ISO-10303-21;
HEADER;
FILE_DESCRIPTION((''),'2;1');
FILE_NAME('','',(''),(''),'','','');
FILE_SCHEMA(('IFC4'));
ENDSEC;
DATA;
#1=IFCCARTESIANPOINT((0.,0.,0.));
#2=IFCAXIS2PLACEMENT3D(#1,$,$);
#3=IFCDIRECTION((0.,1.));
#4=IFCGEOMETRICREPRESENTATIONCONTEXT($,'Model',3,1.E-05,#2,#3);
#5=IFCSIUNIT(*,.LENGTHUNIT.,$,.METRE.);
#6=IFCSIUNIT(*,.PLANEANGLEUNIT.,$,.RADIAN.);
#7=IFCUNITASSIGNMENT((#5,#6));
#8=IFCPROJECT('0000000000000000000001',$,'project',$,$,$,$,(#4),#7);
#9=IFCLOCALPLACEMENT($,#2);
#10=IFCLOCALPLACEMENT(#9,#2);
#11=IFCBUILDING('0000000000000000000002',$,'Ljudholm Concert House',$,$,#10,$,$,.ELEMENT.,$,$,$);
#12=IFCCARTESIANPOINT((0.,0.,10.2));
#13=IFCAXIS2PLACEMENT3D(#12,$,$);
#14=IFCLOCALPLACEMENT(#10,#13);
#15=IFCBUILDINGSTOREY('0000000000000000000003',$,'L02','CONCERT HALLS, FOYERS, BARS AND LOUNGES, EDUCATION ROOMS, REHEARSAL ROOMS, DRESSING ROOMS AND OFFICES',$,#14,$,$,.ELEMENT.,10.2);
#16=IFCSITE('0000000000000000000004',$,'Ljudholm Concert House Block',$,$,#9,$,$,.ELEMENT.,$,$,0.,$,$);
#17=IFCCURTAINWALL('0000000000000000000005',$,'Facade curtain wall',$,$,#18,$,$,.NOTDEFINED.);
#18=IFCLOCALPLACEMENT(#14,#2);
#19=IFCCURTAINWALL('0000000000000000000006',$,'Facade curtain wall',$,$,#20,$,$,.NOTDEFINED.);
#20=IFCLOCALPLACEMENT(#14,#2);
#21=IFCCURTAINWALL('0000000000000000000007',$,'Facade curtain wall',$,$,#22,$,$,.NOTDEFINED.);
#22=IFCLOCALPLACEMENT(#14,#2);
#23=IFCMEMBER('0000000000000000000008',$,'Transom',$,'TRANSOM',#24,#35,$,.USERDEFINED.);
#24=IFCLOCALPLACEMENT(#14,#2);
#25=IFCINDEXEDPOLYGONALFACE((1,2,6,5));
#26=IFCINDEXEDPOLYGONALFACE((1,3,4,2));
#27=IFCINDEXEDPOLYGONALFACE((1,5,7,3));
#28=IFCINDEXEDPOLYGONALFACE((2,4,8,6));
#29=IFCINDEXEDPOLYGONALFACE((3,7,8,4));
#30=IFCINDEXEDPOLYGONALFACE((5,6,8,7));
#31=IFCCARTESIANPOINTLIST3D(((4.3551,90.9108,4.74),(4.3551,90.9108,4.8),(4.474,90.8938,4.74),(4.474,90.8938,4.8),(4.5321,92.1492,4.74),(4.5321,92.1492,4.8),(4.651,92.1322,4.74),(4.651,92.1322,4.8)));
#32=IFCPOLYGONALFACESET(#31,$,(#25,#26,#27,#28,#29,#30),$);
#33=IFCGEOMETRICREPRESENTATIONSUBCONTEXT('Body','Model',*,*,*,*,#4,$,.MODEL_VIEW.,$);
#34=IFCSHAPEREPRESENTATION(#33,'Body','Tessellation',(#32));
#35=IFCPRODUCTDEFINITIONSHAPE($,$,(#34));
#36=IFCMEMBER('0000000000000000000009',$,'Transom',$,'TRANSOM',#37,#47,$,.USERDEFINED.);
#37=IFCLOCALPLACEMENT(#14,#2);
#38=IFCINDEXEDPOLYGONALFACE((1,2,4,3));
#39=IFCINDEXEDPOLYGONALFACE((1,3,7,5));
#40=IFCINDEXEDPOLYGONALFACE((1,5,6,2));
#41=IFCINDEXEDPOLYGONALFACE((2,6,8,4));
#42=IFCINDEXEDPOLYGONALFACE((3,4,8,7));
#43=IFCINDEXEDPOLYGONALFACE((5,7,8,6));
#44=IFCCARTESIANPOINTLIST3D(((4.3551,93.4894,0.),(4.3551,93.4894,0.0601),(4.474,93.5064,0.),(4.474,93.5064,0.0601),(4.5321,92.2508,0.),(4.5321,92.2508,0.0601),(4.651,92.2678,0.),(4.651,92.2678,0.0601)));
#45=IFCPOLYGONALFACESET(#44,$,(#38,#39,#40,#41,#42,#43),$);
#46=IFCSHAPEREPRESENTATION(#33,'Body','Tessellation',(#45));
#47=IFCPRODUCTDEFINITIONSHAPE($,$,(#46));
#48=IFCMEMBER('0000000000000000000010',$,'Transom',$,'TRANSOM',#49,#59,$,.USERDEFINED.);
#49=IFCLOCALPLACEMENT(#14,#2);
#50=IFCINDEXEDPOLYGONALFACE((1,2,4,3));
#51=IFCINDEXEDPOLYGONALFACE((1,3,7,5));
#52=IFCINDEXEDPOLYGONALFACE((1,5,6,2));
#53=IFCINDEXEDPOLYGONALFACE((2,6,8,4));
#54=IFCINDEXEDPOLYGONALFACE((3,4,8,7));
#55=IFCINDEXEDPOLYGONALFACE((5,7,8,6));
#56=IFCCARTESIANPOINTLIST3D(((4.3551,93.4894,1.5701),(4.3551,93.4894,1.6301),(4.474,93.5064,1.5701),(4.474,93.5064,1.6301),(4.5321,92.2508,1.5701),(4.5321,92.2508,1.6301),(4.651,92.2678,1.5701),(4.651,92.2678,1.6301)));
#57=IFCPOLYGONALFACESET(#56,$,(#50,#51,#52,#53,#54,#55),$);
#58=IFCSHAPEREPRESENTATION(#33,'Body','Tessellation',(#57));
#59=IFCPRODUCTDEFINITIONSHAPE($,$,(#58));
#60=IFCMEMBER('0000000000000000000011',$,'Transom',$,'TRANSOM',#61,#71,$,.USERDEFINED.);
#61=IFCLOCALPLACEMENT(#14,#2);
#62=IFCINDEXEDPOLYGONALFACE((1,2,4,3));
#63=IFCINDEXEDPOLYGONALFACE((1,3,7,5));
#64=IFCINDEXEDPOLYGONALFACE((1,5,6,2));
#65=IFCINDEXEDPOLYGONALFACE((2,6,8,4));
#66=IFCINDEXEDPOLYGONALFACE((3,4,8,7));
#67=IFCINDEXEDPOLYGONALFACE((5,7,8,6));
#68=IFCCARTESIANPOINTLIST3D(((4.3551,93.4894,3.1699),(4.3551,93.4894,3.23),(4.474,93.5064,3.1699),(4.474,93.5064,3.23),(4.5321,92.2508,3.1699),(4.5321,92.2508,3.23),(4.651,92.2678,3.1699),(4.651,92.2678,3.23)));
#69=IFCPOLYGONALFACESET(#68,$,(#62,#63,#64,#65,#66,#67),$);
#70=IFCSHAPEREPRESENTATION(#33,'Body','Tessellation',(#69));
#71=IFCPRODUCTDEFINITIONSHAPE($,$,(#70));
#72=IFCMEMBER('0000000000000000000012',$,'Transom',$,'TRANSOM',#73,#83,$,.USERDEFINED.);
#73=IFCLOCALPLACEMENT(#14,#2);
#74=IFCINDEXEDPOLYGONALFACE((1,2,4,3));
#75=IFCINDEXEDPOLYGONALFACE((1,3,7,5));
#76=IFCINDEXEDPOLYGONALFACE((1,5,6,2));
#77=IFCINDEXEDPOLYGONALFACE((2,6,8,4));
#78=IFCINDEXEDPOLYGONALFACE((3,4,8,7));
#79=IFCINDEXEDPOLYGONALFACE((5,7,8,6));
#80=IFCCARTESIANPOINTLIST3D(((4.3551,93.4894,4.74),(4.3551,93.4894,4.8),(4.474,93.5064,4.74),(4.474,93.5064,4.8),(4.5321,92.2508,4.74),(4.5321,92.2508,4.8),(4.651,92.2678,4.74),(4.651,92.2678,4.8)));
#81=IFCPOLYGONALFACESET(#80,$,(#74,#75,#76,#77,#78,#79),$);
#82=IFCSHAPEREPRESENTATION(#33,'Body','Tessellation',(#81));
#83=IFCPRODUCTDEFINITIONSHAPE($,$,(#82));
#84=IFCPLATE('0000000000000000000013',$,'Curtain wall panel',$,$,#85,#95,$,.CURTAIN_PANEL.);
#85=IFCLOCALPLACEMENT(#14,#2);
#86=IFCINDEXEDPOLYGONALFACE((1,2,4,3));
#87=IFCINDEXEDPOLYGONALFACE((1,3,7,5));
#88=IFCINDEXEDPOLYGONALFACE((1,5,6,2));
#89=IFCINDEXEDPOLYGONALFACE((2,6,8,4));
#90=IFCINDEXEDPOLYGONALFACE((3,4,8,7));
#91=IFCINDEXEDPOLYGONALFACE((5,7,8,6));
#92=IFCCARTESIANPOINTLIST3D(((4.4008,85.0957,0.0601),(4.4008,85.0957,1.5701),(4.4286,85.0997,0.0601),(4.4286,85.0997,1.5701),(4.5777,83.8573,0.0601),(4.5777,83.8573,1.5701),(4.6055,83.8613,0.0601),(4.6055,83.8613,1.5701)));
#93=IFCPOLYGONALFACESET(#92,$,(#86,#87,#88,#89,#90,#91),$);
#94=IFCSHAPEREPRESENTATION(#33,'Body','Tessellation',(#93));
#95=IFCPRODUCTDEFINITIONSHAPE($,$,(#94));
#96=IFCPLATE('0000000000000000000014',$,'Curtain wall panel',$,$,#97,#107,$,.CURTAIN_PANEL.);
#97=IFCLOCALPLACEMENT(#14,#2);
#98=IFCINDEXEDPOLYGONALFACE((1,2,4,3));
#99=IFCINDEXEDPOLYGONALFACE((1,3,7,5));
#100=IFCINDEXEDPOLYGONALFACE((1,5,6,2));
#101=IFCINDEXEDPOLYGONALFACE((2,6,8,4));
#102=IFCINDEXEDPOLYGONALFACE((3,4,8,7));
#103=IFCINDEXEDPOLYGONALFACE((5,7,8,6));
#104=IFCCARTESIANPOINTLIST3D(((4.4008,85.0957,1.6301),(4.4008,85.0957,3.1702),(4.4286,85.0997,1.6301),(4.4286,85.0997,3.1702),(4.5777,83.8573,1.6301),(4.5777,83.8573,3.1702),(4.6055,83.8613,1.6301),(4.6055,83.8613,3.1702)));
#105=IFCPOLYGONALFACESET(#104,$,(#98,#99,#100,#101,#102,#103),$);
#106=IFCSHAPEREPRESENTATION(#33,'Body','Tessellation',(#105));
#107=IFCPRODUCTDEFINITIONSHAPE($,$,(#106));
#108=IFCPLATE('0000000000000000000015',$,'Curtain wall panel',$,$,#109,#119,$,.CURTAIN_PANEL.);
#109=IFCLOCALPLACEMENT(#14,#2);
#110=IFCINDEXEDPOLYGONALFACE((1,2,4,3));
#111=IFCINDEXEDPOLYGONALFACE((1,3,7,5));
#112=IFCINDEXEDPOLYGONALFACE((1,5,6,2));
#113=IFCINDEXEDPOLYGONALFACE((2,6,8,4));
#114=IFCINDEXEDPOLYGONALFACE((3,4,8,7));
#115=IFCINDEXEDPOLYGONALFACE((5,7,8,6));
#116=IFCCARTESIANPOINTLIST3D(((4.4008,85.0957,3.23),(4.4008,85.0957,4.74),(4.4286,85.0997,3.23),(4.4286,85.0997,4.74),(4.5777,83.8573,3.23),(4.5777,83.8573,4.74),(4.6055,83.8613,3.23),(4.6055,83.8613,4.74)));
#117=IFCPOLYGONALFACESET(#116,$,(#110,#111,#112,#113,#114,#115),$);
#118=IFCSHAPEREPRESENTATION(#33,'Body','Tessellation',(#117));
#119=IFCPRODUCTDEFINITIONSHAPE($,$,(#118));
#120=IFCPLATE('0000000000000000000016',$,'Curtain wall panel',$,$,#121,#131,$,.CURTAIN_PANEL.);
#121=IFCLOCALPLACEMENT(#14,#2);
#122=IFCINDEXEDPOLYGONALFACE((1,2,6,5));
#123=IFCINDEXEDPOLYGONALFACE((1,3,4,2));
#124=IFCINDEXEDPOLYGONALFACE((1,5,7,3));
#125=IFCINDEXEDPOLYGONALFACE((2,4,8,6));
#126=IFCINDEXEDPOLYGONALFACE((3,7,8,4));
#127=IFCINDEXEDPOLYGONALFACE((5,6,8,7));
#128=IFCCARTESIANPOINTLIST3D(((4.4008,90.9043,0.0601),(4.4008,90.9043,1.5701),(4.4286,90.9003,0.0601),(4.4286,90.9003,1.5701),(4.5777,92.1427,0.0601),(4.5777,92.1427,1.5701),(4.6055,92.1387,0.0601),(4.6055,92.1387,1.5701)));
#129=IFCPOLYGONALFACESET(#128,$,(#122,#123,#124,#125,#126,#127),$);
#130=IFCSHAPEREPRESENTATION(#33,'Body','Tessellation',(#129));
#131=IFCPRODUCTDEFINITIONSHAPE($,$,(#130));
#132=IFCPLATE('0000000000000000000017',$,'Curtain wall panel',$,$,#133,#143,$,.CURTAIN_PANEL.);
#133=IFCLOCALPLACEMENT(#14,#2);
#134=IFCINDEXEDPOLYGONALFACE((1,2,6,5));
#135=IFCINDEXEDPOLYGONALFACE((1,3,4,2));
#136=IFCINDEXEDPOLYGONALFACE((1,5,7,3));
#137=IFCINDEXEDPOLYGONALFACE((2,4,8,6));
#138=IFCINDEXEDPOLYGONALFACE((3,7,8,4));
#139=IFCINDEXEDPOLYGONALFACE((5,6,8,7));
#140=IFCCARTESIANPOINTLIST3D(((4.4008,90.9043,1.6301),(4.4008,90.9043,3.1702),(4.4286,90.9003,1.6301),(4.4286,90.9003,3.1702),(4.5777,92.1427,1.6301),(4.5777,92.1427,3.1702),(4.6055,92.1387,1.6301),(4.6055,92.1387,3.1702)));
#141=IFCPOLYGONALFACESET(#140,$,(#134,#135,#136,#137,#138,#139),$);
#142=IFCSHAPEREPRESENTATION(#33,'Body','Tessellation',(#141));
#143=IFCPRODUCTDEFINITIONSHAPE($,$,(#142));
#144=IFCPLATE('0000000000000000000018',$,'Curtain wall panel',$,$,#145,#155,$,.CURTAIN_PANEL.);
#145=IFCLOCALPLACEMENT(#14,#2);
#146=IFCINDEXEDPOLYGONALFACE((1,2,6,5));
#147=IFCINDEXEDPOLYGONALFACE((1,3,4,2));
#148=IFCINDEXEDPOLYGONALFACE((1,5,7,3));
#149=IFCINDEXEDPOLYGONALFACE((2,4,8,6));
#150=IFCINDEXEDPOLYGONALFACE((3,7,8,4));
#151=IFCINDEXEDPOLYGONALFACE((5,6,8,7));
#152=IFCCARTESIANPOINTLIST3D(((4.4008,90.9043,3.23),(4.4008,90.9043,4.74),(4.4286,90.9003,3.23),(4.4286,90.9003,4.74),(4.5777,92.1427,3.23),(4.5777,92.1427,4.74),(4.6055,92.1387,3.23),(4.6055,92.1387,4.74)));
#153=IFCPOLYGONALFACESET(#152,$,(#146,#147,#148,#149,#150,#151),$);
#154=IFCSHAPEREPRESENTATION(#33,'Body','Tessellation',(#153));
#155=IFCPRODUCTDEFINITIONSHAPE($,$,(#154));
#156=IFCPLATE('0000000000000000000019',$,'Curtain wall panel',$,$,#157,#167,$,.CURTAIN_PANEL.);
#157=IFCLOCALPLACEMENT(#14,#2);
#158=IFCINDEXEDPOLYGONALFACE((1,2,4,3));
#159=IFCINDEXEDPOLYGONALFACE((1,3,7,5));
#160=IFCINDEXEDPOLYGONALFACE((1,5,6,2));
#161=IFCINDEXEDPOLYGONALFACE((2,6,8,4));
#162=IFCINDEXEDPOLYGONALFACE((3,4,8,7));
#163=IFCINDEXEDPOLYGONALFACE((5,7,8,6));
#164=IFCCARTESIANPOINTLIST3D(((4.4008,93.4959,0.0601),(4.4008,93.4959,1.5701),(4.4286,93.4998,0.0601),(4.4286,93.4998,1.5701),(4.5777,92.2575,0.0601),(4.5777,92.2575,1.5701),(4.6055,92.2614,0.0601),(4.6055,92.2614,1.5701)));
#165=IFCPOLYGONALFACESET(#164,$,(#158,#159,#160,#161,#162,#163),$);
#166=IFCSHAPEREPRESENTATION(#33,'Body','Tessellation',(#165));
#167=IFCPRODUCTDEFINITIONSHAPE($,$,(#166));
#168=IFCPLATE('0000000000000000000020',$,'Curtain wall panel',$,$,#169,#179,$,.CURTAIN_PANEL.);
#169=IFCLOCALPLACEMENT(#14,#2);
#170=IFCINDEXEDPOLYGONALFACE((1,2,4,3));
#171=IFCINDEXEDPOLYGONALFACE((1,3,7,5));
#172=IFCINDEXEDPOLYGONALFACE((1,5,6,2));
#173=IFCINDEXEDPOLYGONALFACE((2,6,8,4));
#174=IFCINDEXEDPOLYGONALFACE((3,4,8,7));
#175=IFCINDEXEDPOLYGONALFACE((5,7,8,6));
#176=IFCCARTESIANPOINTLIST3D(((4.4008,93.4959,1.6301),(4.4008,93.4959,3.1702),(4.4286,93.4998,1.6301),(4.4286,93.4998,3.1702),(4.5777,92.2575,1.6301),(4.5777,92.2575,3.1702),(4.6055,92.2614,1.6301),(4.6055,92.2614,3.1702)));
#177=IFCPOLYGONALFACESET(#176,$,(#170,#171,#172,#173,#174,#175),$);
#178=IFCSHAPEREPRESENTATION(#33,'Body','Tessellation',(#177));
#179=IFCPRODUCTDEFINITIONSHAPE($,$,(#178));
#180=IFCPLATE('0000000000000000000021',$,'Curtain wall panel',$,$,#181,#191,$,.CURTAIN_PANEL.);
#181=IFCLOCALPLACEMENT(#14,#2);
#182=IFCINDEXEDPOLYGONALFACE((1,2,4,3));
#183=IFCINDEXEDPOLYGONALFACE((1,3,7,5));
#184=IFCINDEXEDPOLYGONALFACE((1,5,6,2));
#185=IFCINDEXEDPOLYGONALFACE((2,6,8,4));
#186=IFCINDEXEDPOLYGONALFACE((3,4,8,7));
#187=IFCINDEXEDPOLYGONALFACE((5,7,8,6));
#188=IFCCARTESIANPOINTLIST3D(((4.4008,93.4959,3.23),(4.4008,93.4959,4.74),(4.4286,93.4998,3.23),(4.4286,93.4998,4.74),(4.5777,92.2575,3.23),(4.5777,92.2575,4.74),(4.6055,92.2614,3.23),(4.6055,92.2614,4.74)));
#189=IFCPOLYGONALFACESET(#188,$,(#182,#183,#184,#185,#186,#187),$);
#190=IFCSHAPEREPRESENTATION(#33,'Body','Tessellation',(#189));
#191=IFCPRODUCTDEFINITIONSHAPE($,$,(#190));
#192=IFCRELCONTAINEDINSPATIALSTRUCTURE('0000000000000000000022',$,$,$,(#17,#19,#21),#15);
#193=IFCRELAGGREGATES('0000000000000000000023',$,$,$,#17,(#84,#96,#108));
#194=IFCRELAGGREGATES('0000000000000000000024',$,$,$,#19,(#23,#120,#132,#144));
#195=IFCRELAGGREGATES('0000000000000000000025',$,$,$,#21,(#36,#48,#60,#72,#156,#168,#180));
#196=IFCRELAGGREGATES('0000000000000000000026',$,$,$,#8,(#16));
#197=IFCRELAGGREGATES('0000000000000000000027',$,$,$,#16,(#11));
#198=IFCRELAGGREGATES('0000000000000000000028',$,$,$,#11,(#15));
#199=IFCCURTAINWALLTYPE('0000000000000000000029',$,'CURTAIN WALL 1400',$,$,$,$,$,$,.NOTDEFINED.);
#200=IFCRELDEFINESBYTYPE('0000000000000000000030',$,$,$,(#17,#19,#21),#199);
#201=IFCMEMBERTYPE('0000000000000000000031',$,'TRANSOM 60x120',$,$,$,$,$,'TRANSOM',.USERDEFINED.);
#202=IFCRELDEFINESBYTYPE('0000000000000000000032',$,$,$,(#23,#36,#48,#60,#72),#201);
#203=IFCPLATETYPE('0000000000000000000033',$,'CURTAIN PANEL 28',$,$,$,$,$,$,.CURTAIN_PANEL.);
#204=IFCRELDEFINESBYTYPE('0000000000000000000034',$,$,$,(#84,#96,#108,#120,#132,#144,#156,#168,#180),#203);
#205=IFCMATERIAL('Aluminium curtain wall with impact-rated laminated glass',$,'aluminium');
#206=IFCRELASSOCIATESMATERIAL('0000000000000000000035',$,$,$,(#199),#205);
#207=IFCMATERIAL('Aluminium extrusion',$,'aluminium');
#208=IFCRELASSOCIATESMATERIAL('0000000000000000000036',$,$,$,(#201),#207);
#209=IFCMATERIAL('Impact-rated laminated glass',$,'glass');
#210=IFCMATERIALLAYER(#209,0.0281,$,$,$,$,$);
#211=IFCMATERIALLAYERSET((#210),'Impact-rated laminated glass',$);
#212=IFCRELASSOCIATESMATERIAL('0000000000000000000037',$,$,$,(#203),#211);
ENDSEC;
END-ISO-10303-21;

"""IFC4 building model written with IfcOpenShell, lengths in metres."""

from ifc_helpers import new_model, si_unit, direction, frame, origin, origin_2d, place, context, subcontext, project, spatial, rectangle, extrude, material, layer, layer_set, material_profile, profile_set, type_object, element, aggregate, save


model = new_model("IFC4")

# Units and contexts
model_context = context("Model", 3, precision=1e-05, world=origin(), true_north=direction((0.0, 1.0)))
body_context = subcontext(model_context, "Body", "Model", "MODEL_VIEW")
ifc_project = project(units=[si_unit("LENGTHUNIT", "METRE"), si_unit("PLANEANGLEUNIT", "RADIAN")], contexts=[model_context])

# Site, building, storey
site_placement = place(None, origin())
site = spatial("IfcSite", under=ifc_project, at=site_placement, Name="Ljudholm Concert House Block", CompositionType="ELEMENT", RefElevation=0.0)
building_placement = place(site_placement, origin())
building = spatial("IfcBuilding", under=site, at=building_placement, Name="Ljudholm Concert House", CompositionType="ELEMENT")
storey_placement = place(building_placement, frame((0.0, 0.0, 10.2)))
storey = spatial("IfcBuildingStorey", under=building, at=storey_placement, Name="L02", Description="CONCERT HALLS, FOYERS, BARS AND LOUNGES, EDUCATION ROOMS, REHEARSAL ROOMS, DRESSING ROOMS AND OFFICES", CompositionType="ELEMENT", Elevation=10.2)

# Curtain wall
ifc_material_1 = material(Name="Aluminium curtain wall with impact-rated laminated glass", Category="aluminium")
curtain_wall_type = type_object("IfcCurtainWallType", Name="CURTAIN WALL 1400", PredefinedType="NOTDEFINED", material=ifc_material_1)
curtain_wall_1_placement = place(storey_placement, origin())
curtain_wall_1 = element("IfcCurtainWall", 1, at=curtain_wall_1_placement, inside=storey, type_object=curtain_wall_type, Name="Facade curtain wall", PredefinedType="NOTDEFINED")

# Curtain wall
curtain_wall_2_placement = place(storey_placement, origin())
curtain_wall_2 = element("IfcCurtainWall", 2, at=curtain_wall_2_placement, inside=storey, type_object=curtain_wall_type, Name="Facade curtain wall", PredefinedType="NOTDEFINED")

# Curtain wall
curtain_wall_3_placement = place(storey_placement, origin())
curtain_wall_3 = element("IfcCurtainWall", 3, at=curtain_wall_3_placement, inside=storey, type_object=curtain_wall_type, Name="Facade curtain wall", PredefinedType="NOTDEFINED")

# Members
ifc_material_2 = material(Name="Aluminium extrusion", Category="aluminium")
ifc_material_profile_1 = material_profile(ifc_material_2, rectangle(XDim=0.1201, YDim=0.0601, at=origin_2d()), Name="TRANSOM 60x120")
ifc_profile_set_1 = profile_set([ifc_material_profile_1], Name="Aluminium extrusion")
member_type_1 = type_object("IfcMemberType", Name="TRANSOM 60x120", ElementType="TRANSOM", PredefinedType="USERDEFINED", material=ifc_profile_set_1)
member_1_placement = place(storey_placement, frame((4.4146, 90.9023, 4.77), z_axis=(0.141503, 0.989938, 0.0), x_axis=(-0.989938, 0.141503, 0.0)))
member_1 = element("IfcMember", 4, at=member_1_placement, type_object=member_type_1, Name="Transom", ObjectType="TRANSOM", PredefinedType="USERDEFINED", context=body_context, shape_type="SweptSolid", body=[
    extrude(rectangle(XDim=0.1201, YDim=0.0601, at=origin_2d()), origin(), (0.0, 0.0, 1.0), 1.251),
])
member_2_placement = place(storey_placement, frame((4.5916, 92.2593, 0.03), z_axis=(-0.141476, 0.989942, 0.0), x_axis=(-0.989942, -0.141476, 0.0)))
member_2 = element("IfcMember", 5, at=member_2_placement, type_object=member_type_1, Name="Transom", ObjectType="TRANSOM", PredefinedType="USERDEFINED", context=body_context, shape_type="SweptSolid", body=[
    extrude(rectangle(XDim=0.1201, YDim=0.0601, at=origin_2d()), origin(), (0.0, 0.0, 1.0), 1.2512),
])
member_3_placement = place(storey_placement, frame((4.5916, 92.2593, 1.6001), z_axis=(-0.141476, 0.989942, 0.0), x_axis=(-0.989942, -0.141476, 0.0)))
member_3 = element("IfcMember", 6, at=member_3_placement, type_object=member_type_1, Name="Transom", ObjectType="TRANSOM", PredefinedType="USERDEFINED", context=body_context, shape_type="SweptSolid", body=[
    extrude(rectangle(XDim=0.1201, YDim=0.0601, at=origin_2d()), origin(), (0.0, 0.0, 1.0), 1.2512),
])
member_4_placement = place(storey_placement, frame((4.5916, 92.2593, 3.2), z_axis=(-0.141476, 0.989942, 0.0), x_axis=(-0.989942, -0.141476, 0.0)))
member_4 = element("IfcMember", 7, at=member_4_placement, type_object=member_type_1, Name="Transom", ObjectType="TRANSOM", PredefinedType="USERDEFINED", context=body_context, shape_type="SweptSolid", body=[
    extrude(rectangle(XDim=0.1201, YDim=0.0601, at=origin_2d()), origin(), (0.0, 0.0, 1.0), 1.2512),
])
member_5_placement = place(storey_placement, frame((4.5916, 92.2593, 4.77), z_axis=(-0.141476, 0.989942, 0.0), x_axis=(-0.989942, -0.141476, 0.0)))
member_5 = element("IfcMember", 8, at=member_5_placement, type_object=member_type_1, Name="Transom", ObjectType="TRANSOM", PredefinedType="USERDEFINED", context=body_context, shape_type="SweptSolid", body=[
    extrude(rectangle(XDim=0.1201, YDim=0.0601, at=origin_2d()), origin(), (0.0, 0.0, 1.0), 1.2512),
])

# Plates
ifc_material_3 = material(Name="Impact-rated laminated glass", Category="glass")
ifc_layer_1 = layer(ifc_material_3, 0.0281)
ifc_layer_set_1 = layer_set([ifc_layer_1], Name="Impact-rated laminated glass")
plate_type = type_object("IfcPlateType", Name="CURTAIN PANEL 28", PredefinedType="CURTAIN_PANEL", material=ifc_layer_set_1)
plate_1_placement = place(storey_placement, frame((4.5032, 84.4785, 0.0601), z_axis=(0.0, 0.0, 1.0), x_axis=(-0.141421, 0.989949, 0.0)))
plate_1 = element("IfcPlate", 9, at=plate_1_placement, type_object=plate_type, Name="Curtain wall panel", PredefinedType="CURTAIN_PANEL", context=body_context, shape_type="SweptSolid", body=[
    extrude(rectangle(XDim=1.251, YDim=0.0281, at=origin_2d()), origin(), (0.0, 0.0, 1.0), 1.51),
])
plate_2_placement = place(storey_placement, frame((4.5032, 84.4785, 1.6301), z_axis=(0.0, 0.0, 1.0), x_axis=(-0.141421, 0.989949, 0.0)))
plate_2 = element("IfcPlate", 10, at=plate_2_placement, type_object=plate_type, Name="Curtain wall panel", PredefinedType="CURTAIN_PANEL", context=body_context, shape_type="SweptSolid", body=[
    extrude(rectangle(XDim=1.251, YDim=0.0281, at=origin_2d()), origin(), (0.0, 0.0, 1.0), 1.54),
])
plate_3_placement = place(storey_placement, frame((4.5032, 84.4785, 3.23), z_axis=(0.0, 0.0, 1.0), x_axis=(-0.141421, 0.989949, 0.0)))
plate_3 = element("IfcPlate", 11, at=plate_3_placement, type_object=plate_type, Name="Curtain wall panel", PredefinedType="CURTAIN_PANEL", context=body_context, shape_type="SweptSolid", body=[
    extrude(rectangle(XDim=1.251, YDim=0.0281, at=origin_2d()), origin(), (0.0, 0.0, 1.0), 1.51),
])
aggregate(curtain_wall_1, [plate_1, plate_2, plate_3])
plate_4_placement = place(storey_placement, frame((4.5032, 91.5215, 0.0601), z_axis=(0.0, 0.0, 1.0), x_axis=(0.141421, 0.989949, 0.0)))
plate_4 = element("IfcPlate", 12, at=plate_4_placement, type_object=plate_type, Name="Curtain wall panel", PredefinedType="CURTAIN_PANEL", context=body_context, shape_type="SweptSolid", body=[
    extrude(rectangle(XDim=1.251, YDim=0.0281, at=origin_2d()), origin(), (0.0, 0.0, 1.0), 1.51),
])
plate_5_placement = place(storey_placement, frame((4.5032, 91.5215, 1.6301), z_axis=(0.0, 0.0, 1.0), x_axis=(0.141421, 0.989949, 0.0)))
plate_5 = element("IfcPlate", 13, at=plate_5_placement, type_object=plate_type, Name="Curtain wall panel", PredefinedType="CURTAIN_PANEL", context=body_context, shape_type="SweptSolid", body=[
    extrude(rectangle(XDim=1.251, YDim=0.0281, at=origin_2d()), origin(), (0.0, 0.0, 1.0), 1.54),
])
plate_6_placement = place(storey_placement, frame((4.5032, 91.5215, 3.23), z_axis=(0.0, 0.0, 1.0), x_axis=(0.141421, 0.989949, 0.0)))
plate_6 = element("IfcPlate", 14, at=plate_6_placement, type_object=plate_type, Name="Curtain wall panel", PredefinedType="CURTAIN_PANEL", context=body_context, shape_type="SweptSolid", body=[
    extrude(rectangle(XDim=1.251, YDim=0.0281, at=origin_2d()), origin(), (0.0, 0.0, 1.0), 1.51),
])
aggregate(curtain_wall_2, [member_1, plate_4, plate_5, plate_6])
plate_7_placement = place(storey_placement, frame((4.5032, 92.8787, 0.0601), z_axis=(0.0, 0.0, 1.0), x_axis=(-0.141421, 0.989949, 0.0)))
plate_7 = element("IfcPlate", 15, at=plate_7_placement, type_object=plate_type, Name="Curtain wall panel", PredefinedType="CURTAIN_PANEL", context=body_context, shape_type="SweptSolid", body=[
    extrude(rectangle(XDim=1.251, YDim=0.0281, at=origin_2d()), origin(), (0.0, 0.0, 1.0), 1.51),
])
plate_8_placement = place(storey_placement, frame((4.5032, 92.8787, 1.6301), z_axis=(0.0, 0.0, 1.0), x_axis=(-0.141421, 0.989949, 0.0)))
plate_8 = element("IfcPlate", 16, at=plate_8_placement, type_object=plate_type, Name="Curtain wall panel", PredefinedType="CURTAIN_PANEL", context=body_context, shape_type="SweptSolid", body=[
    extrude(rectangle(XDim=1.251, YDim=0.0281, at=origin_2d()), origin(), (0.0, 0.0, 1.0), 1.54),
])
plate_9_placement = place(storey_placement, frame((4.5032, 92.8787, 3.23), z_axis=(0.0, 0.0, 1.0), x_axis=(-0.141421, 0.989949, 0.0)))
plate_9 = element("IfcPlate", 17, at=plate_9_placement, type_object=plate_type, Name="Curtain wall panel", PredefinedType="CURTAIN_PANEL", context=body_context, shape_type="SweptSolid", body=[
    extrude(rectangle(XDim=1.251, YDim=0.0281, at=origin_2d()), origin(), (0.0, 0.0, 1.0), 1.51),
])
aggregate(curtain_wall_3, [member_2, member_3, member_4, member_5, plate_7, plate_8, plate_9])

save(model, "model.ifc")
